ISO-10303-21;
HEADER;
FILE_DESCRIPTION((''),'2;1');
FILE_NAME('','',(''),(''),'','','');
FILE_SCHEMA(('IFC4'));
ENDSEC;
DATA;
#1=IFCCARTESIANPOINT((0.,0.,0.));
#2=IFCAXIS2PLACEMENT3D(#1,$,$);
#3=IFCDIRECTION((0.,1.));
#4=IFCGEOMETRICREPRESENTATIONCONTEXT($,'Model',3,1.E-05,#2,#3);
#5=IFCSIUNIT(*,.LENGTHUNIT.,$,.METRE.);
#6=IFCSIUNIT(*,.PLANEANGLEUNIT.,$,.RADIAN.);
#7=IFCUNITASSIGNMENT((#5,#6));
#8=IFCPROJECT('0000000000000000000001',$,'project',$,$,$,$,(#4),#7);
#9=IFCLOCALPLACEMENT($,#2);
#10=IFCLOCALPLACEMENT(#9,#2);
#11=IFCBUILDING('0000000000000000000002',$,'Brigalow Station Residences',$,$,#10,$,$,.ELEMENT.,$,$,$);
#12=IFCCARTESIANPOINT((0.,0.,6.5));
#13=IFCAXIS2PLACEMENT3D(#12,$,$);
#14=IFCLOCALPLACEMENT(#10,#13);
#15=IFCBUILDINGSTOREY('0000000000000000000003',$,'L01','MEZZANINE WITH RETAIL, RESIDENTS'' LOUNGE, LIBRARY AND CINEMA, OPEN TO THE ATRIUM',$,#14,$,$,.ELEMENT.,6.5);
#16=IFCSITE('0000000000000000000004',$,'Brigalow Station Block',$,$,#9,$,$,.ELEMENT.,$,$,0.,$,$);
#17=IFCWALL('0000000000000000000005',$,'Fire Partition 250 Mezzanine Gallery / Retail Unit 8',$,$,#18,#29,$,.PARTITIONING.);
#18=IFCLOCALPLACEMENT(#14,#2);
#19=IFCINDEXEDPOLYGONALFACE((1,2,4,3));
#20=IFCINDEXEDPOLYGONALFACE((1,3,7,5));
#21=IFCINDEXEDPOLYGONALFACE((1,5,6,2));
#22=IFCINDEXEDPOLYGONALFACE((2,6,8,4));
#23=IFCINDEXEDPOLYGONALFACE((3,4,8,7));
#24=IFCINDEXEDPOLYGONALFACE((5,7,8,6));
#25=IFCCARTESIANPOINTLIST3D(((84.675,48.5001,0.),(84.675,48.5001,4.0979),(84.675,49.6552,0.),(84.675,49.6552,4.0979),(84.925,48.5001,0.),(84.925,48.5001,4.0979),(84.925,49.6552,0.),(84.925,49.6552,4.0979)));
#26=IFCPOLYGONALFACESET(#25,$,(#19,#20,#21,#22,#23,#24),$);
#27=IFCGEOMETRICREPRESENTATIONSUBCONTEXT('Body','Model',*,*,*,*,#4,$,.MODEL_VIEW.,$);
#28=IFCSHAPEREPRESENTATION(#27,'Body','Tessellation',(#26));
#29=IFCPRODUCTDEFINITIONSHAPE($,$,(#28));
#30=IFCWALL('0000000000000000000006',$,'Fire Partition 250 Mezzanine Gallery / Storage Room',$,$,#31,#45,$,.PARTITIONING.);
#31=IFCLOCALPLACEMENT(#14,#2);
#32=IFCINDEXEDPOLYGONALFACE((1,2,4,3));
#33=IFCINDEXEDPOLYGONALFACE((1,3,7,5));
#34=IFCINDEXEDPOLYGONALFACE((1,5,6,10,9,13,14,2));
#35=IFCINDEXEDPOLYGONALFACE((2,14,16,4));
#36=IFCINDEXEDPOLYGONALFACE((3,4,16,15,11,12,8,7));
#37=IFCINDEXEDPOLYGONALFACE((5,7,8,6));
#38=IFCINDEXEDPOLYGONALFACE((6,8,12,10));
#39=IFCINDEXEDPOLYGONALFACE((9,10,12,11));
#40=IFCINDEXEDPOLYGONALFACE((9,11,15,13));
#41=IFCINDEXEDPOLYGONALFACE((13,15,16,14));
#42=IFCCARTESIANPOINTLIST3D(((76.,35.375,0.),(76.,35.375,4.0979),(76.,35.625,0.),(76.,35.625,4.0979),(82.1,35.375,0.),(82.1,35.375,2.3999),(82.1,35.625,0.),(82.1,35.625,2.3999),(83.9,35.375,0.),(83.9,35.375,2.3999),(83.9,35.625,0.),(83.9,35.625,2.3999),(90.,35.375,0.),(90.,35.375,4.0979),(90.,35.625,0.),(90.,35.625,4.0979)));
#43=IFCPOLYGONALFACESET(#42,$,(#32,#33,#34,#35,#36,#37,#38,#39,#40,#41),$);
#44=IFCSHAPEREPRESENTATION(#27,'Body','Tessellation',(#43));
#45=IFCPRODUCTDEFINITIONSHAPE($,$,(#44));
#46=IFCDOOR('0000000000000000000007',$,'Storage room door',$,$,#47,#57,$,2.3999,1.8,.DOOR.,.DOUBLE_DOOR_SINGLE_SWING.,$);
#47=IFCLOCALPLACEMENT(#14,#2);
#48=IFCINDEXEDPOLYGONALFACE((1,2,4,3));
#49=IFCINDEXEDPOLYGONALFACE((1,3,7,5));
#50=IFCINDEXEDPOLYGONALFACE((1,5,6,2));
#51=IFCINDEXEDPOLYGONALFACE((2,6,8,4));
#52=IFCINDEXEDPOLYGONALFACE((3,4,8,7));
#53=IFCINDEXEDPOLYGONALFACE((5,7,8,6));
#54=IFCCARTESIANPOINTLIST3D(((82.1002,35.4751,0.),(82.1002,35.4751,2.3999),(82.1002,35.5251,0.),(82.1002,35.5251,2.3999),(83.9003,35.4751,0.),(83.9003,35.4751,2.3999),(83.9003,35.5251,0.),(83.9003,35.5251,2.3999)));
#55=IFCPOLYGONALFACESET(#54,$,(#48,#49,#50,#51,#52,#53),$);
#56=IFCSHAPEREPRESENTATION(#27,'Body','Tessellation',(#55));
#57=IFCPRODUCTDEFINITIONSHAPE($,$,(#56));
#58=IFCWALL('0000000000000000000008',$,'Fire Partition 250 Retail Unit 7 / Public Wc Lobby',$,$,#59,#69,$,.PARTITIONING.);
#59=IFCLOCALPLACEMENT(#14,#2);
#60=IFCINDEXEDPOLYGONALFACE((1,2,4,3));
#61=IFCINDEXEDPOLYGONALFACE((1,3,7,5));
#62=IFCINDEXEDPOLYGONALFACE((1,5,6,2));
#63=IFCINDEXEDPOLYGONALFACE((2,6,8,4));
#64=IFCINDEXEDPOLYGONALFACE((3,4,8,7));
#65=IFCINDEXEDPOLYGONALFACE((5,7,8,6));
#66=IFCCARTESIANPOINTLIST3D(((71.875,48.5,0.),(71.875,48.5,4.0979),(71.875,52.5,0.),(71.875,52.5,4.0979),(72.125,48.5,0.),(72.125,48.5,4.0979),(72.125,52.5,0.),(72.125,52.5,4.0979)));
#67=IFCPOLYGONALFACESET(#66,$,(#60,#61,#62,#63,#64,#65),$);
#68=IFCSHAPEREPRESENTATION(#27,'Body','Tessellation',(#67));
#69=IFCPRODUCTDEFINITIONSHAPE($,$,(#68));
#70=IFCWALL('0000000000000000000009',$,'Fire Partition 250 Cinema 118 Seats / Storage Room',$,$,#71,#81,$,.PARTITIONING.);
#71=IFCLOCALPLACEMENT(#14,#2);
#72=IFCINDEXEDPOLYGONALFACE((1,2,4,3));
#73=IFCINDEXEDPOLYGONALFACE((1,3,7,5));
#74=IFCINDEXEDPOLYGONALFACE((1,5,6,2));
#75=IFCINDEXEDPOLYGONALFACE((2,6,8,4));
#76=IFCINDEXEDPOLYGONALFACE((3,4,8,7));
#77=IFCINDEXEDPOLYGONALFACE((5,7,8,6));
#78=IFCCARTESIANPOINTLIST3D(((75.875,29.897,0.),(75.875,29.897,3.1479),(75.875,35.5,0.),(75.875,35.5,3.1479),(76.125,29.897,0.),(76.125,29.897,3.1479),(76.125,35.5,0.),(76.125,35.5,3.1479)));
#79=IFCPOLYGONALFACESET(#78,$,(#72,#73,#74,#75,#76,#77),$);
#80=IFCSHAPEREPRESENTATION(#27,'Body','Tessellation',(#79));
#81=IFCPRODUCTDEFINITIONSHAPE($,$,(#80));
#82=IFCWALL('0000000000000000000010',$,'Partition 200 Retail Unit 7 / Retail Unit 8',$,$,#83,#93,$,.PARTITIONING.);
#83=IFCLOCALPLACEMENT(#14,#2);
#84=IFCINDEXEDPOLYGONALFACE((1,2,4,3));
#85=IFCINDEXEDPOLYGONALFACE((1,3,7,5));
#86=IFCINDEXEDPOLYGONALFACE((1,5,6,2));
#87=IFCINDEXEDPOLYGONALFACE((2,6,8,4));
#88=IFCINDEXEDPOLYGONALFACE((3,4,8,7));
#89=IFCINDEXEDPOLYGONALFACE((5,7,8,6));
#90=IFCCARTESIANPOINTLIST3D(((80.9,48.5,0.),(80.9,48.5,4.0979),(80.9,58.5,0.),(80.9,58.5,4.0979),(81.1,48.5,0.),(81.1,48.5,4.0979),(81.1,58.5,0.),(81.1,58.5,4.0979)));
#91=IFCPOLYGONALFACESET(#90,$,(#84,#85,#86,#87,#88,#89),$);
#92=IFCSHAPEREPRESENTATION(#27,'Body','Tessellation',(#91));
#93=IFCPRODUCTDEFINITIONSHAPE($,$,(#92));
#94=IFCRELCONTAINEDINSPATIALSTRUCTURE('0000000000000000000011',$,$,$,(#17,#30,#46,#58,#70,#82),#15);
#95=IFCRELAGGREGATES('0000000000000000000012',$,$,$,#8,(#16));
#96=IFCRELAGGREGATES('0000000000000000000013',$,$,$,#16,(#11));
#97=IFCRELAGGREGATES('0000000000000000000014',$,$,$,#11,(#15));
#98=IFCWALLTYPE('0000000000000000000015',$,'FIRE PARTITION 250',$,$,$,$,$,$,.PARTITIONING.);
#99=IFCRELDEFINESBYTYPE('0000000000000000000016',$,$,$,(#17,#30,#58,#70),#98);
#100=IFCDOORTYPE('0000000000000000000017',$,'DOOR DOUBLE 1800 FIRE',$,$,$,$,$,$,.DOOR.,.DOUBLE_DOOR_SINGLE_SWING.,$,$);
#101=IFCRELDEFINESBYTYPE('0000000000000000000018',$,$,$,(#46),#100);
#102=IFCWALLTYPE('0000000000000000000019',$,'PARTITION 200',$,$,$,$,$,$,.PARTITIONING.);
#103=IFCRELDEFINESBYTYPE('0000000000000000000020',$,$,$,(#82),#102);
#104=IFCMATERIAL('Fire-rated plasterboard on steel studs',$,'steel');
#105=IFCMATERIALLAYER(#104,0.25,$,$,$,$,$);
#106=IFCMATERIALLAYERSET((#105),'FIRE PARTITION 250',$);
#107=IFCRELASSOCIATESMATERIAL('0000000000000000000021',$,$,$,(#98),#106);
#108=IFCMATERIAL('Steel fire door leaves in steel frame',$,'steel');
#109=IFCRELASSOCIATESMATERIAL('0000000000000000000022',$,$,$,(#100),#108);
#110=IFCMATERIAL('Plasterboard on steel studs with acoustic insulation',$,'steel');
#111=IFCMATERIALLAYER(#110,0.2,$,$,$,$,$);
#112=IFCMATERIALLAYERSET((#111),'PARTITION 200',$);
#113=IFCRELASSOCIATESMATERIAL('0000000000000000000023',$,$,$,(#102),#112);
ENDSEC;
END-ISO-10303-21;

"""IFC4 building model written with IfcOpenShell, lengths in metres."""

from ifc_helpers import new_model, si_unit, direction, frame, frame_2d, origin, place, context, subcontext, project, spatial, rectangle, extrude, material, layer, layer_set, type_object, element, fill, save


model = new_model("IFC4")

# Units and contexts
model_context = context("Model", 3, precision=1e-05, world=origin(), true_north=direction((0.0, 1.0)))
body_context = subcontext(model_context, "Body", "Model", "MODEL_VIEW")
ifc_project = project(units=[si_unit("LENGTHUNIT", "METRE"), si_unit("PLANEANGLEUNIT", "RADIAN")], contexts=[model_context])

# Site, building, storey
site_placement = place(None, origin())
site = spatial("IfcSite", under=ifc_project, at=site_placement, Name="Brigalow Station Block", CompositionType="ELEMENT", RefElevation=0.0)
building_placement = place(site_placement, origin())
building = spatial("IfcBuilding", under=site, at=building_placement, Name="Brigalow Station Residences", CompositionType="ELEMENT")
storey_placement = place(building_placement, frame((0.0, 0.0, 6.5)))
storey = spatial("IfcBuildingStorey", under=building, at=storey_placement, Name="L01", Description="MEZZANINE WITH RETAIL, RESIDENTS' LOUNGE, LIBRARY AND CINEMA, OPEN TO THE ATRIUM", CompositionType="ELEMENT", Elevation=6.5)

# Shared definitions
ifc_material_1 = material(Name="Fire-rated plasterboard on steel studs", Category="steel")
ifc_layer_1 = layer(ifc_material_1, 0.25)
ifc_layer_set_1 = layer_set([ifc_layer_1], Name="FIRE PARTITION 250")
wall_type_1 = type_object("IfcWallType", Name="FIRE PARTITION 250", PredefinedType="PARTITIONING", material=ifc_layer_set_1)

# Wall
wall_1_placement = place(storey_placement, frame((84.8, 48.5, 0.0), z_axis=(0.0, 0.0, 1.0), x_axis=(0.0, 1.0, 0.0)))
element("IfcWall", 1, at=wall_1_placement, inside=storey, type_object=wall_type_1, Name="Fire Partition 250 Mezzanine Gallery / Retail Unit 8", PredefinedType="PARTITIONING", context=body_context, shape_type="SweptSolid", body=[
    extrude(rectangle(XDim=1.155, YDim=0.25, at=frame_2d((0.5776, 0.0))), origin(), (0.0, 0.0, 1.0), 4.0979),
])

# Wall, opening, door
wall_2_placement = place(storey_placement, frame((76.0, 35.5, 0.0), z_axis=(0.0, 0.0, 1.0), x_axis=(1.0, 0.0, 0.0)))
wall_2 = element("IfcWall", 2, at=wall_2_placement, inside=storey, type_object=wall_type_1, Name="Fire Partition 250 Mezzanine Gallery / Storage Room", PredefinedType="PARTITIONING", context=body_context, shape_type="SweptSolid", body=[
    extrude(rectangle(XDim=14.0, YDim=0.25, at=frame_2d((7.0, 0.0))), origin(), (0.0, 0.0, 1.0), 4.0979),
])
opening_1_placement = place(wall_2_placement, frame((6.1001, 0.0, 0.0)))
opening_1 = element("IfcOpeningElement", 3, at=opening_1_placement, cuts=wall_2, PredefinedType="OPENING", context=body_context, shape_type="SweptSolid", body=[
    extrude(rectangle(XDim=1.8, YDim=2.3999, at=frame_2d((0.8999, 1.2))), frame((0.0, 0.135, 0.0), z_axis=(0.0, -1.0, 0.0), x_axis=(1.0, 0.0, 0.0)), (0.0, 0.0, 1.0), 0.27),
])
ifc_material_2 = material(Name="Steel fire door leaves in steel frame", Category="steel")
door_type_1 = type_object("IfcDoorType", Name="DOOR DOUBLE 1800 FIRE", OperationType="DOUBLE_DOOR_SINGLE_SWING", PredefinedType="DOOR", material=ifc_material_2)
door_1_placement = place(opening_1_placement, frame((1.8, 0.0, 0.0), z_axis=(0.0, 0.0, 1.0), x_axis=(-1.0, 0.0, 0.0)))
door_1 = element("IfcDoor", 4, at=door_1_placement, inside=storey, type_object=door_type_1, Name="Storage room door", OperationType="DOUBLE_DOOR_SINGLE_SWING", OverallHeight=2.3999, OverallWidth=1.8, PredefinedType="DOOR", context=body_context, shape_type="SweptSolid", body=[
    extrude(rectangle(XDim=1.8, YDim=2.3999, at=frame_2d((0.8999, 1.2))), frame((0.0, 0.0249, 0.0), z_axis=(0.0, -1.0, 0.0), x_axis=(1.0, 0.0, 0.0)), (0.0, 0.0, 1.0), 0.05),
])
fill(opening_1, door_1)

# Walls
wall_3_placement = place(storey_placement, frame((72.0, 48.5, 0.0), z_axis=(0.0, 0.0, 1.0), x_axis=(0.0, 1.0, 0.0)))
element("IfcWall", 5, at=wall_3_placement, inside=storey, type_object=wall_type_1, Name="Fire Partition 250 Retail Unit 7 / Public Wc Lobby", PredefinedType="PARTITIONING", context=body_context, shape_type="SweptSolid", body=[
    extrude(rectangle(XDim=4.0, YDim=0.25, at=frame_2d((2.0, 0.0))), origin(), (0.0, 0.0, 1.0), 4.0979),
])
wall_4_placement = place(storey_placement, frame((76.0, 29.897, 0.0), z_axis=(0.0, 0.0, 1.0), x_axis=(0.0, 1.0, 0.0)))
element("IfcWall", 6, at=wall_4_placement, inside=storey, type_object=wall_type_1, Name="Fire Partition 250 Cinema 118 Seats / Storage Room", PredefinedType="PARTITIONING", context=body_context, shape_type="SweptSolid", body=[
    extrude(rectangle(XDim=5.603, YDim=0.25, at=frame_2d((2.8015, 0.0))), origin(), (0.0, 0.0, 1.0), 3.1479),
])
ifc_material_3 = material(Name="Plasterboard on steel studs with acoustic insulation", Category="steel")
ifc_layer_2 = layer(ifc_material_3, 0.2)
ifc_layer_set_2 = layer_set([ifc_layer_2], Name="PARTITION 200")
wall_type_2 = type_object("IfcWallType", Name="PARTITION 200", PredefinedType="PARTITIONING", material=ifc_layer_set_2)
wall_5_placement = place(storey_placement, frame((81.0, 48.5, 0.0), z_axis=(0.0, 0.0, 1.0), x_axis=(0.0, 1.0, 0.0)))
element("IfcWall", 7, at=wall_5_placement, inside=storey, type_object=wall_type_2, Name="Partition 200 Retail Unit 7 / Retail Unit 8", PredefinedType="PARTITIONING", context=body_context, shape_type="SweptSolid", body=[
    extrude(rectangle(XDim=10.0, YDim=0.2, at=frame_2d((5.0, 0.0))), origin(), (0.0, 0.0, 1.0), 4.0979),
])

save(model, "model.ifc")
